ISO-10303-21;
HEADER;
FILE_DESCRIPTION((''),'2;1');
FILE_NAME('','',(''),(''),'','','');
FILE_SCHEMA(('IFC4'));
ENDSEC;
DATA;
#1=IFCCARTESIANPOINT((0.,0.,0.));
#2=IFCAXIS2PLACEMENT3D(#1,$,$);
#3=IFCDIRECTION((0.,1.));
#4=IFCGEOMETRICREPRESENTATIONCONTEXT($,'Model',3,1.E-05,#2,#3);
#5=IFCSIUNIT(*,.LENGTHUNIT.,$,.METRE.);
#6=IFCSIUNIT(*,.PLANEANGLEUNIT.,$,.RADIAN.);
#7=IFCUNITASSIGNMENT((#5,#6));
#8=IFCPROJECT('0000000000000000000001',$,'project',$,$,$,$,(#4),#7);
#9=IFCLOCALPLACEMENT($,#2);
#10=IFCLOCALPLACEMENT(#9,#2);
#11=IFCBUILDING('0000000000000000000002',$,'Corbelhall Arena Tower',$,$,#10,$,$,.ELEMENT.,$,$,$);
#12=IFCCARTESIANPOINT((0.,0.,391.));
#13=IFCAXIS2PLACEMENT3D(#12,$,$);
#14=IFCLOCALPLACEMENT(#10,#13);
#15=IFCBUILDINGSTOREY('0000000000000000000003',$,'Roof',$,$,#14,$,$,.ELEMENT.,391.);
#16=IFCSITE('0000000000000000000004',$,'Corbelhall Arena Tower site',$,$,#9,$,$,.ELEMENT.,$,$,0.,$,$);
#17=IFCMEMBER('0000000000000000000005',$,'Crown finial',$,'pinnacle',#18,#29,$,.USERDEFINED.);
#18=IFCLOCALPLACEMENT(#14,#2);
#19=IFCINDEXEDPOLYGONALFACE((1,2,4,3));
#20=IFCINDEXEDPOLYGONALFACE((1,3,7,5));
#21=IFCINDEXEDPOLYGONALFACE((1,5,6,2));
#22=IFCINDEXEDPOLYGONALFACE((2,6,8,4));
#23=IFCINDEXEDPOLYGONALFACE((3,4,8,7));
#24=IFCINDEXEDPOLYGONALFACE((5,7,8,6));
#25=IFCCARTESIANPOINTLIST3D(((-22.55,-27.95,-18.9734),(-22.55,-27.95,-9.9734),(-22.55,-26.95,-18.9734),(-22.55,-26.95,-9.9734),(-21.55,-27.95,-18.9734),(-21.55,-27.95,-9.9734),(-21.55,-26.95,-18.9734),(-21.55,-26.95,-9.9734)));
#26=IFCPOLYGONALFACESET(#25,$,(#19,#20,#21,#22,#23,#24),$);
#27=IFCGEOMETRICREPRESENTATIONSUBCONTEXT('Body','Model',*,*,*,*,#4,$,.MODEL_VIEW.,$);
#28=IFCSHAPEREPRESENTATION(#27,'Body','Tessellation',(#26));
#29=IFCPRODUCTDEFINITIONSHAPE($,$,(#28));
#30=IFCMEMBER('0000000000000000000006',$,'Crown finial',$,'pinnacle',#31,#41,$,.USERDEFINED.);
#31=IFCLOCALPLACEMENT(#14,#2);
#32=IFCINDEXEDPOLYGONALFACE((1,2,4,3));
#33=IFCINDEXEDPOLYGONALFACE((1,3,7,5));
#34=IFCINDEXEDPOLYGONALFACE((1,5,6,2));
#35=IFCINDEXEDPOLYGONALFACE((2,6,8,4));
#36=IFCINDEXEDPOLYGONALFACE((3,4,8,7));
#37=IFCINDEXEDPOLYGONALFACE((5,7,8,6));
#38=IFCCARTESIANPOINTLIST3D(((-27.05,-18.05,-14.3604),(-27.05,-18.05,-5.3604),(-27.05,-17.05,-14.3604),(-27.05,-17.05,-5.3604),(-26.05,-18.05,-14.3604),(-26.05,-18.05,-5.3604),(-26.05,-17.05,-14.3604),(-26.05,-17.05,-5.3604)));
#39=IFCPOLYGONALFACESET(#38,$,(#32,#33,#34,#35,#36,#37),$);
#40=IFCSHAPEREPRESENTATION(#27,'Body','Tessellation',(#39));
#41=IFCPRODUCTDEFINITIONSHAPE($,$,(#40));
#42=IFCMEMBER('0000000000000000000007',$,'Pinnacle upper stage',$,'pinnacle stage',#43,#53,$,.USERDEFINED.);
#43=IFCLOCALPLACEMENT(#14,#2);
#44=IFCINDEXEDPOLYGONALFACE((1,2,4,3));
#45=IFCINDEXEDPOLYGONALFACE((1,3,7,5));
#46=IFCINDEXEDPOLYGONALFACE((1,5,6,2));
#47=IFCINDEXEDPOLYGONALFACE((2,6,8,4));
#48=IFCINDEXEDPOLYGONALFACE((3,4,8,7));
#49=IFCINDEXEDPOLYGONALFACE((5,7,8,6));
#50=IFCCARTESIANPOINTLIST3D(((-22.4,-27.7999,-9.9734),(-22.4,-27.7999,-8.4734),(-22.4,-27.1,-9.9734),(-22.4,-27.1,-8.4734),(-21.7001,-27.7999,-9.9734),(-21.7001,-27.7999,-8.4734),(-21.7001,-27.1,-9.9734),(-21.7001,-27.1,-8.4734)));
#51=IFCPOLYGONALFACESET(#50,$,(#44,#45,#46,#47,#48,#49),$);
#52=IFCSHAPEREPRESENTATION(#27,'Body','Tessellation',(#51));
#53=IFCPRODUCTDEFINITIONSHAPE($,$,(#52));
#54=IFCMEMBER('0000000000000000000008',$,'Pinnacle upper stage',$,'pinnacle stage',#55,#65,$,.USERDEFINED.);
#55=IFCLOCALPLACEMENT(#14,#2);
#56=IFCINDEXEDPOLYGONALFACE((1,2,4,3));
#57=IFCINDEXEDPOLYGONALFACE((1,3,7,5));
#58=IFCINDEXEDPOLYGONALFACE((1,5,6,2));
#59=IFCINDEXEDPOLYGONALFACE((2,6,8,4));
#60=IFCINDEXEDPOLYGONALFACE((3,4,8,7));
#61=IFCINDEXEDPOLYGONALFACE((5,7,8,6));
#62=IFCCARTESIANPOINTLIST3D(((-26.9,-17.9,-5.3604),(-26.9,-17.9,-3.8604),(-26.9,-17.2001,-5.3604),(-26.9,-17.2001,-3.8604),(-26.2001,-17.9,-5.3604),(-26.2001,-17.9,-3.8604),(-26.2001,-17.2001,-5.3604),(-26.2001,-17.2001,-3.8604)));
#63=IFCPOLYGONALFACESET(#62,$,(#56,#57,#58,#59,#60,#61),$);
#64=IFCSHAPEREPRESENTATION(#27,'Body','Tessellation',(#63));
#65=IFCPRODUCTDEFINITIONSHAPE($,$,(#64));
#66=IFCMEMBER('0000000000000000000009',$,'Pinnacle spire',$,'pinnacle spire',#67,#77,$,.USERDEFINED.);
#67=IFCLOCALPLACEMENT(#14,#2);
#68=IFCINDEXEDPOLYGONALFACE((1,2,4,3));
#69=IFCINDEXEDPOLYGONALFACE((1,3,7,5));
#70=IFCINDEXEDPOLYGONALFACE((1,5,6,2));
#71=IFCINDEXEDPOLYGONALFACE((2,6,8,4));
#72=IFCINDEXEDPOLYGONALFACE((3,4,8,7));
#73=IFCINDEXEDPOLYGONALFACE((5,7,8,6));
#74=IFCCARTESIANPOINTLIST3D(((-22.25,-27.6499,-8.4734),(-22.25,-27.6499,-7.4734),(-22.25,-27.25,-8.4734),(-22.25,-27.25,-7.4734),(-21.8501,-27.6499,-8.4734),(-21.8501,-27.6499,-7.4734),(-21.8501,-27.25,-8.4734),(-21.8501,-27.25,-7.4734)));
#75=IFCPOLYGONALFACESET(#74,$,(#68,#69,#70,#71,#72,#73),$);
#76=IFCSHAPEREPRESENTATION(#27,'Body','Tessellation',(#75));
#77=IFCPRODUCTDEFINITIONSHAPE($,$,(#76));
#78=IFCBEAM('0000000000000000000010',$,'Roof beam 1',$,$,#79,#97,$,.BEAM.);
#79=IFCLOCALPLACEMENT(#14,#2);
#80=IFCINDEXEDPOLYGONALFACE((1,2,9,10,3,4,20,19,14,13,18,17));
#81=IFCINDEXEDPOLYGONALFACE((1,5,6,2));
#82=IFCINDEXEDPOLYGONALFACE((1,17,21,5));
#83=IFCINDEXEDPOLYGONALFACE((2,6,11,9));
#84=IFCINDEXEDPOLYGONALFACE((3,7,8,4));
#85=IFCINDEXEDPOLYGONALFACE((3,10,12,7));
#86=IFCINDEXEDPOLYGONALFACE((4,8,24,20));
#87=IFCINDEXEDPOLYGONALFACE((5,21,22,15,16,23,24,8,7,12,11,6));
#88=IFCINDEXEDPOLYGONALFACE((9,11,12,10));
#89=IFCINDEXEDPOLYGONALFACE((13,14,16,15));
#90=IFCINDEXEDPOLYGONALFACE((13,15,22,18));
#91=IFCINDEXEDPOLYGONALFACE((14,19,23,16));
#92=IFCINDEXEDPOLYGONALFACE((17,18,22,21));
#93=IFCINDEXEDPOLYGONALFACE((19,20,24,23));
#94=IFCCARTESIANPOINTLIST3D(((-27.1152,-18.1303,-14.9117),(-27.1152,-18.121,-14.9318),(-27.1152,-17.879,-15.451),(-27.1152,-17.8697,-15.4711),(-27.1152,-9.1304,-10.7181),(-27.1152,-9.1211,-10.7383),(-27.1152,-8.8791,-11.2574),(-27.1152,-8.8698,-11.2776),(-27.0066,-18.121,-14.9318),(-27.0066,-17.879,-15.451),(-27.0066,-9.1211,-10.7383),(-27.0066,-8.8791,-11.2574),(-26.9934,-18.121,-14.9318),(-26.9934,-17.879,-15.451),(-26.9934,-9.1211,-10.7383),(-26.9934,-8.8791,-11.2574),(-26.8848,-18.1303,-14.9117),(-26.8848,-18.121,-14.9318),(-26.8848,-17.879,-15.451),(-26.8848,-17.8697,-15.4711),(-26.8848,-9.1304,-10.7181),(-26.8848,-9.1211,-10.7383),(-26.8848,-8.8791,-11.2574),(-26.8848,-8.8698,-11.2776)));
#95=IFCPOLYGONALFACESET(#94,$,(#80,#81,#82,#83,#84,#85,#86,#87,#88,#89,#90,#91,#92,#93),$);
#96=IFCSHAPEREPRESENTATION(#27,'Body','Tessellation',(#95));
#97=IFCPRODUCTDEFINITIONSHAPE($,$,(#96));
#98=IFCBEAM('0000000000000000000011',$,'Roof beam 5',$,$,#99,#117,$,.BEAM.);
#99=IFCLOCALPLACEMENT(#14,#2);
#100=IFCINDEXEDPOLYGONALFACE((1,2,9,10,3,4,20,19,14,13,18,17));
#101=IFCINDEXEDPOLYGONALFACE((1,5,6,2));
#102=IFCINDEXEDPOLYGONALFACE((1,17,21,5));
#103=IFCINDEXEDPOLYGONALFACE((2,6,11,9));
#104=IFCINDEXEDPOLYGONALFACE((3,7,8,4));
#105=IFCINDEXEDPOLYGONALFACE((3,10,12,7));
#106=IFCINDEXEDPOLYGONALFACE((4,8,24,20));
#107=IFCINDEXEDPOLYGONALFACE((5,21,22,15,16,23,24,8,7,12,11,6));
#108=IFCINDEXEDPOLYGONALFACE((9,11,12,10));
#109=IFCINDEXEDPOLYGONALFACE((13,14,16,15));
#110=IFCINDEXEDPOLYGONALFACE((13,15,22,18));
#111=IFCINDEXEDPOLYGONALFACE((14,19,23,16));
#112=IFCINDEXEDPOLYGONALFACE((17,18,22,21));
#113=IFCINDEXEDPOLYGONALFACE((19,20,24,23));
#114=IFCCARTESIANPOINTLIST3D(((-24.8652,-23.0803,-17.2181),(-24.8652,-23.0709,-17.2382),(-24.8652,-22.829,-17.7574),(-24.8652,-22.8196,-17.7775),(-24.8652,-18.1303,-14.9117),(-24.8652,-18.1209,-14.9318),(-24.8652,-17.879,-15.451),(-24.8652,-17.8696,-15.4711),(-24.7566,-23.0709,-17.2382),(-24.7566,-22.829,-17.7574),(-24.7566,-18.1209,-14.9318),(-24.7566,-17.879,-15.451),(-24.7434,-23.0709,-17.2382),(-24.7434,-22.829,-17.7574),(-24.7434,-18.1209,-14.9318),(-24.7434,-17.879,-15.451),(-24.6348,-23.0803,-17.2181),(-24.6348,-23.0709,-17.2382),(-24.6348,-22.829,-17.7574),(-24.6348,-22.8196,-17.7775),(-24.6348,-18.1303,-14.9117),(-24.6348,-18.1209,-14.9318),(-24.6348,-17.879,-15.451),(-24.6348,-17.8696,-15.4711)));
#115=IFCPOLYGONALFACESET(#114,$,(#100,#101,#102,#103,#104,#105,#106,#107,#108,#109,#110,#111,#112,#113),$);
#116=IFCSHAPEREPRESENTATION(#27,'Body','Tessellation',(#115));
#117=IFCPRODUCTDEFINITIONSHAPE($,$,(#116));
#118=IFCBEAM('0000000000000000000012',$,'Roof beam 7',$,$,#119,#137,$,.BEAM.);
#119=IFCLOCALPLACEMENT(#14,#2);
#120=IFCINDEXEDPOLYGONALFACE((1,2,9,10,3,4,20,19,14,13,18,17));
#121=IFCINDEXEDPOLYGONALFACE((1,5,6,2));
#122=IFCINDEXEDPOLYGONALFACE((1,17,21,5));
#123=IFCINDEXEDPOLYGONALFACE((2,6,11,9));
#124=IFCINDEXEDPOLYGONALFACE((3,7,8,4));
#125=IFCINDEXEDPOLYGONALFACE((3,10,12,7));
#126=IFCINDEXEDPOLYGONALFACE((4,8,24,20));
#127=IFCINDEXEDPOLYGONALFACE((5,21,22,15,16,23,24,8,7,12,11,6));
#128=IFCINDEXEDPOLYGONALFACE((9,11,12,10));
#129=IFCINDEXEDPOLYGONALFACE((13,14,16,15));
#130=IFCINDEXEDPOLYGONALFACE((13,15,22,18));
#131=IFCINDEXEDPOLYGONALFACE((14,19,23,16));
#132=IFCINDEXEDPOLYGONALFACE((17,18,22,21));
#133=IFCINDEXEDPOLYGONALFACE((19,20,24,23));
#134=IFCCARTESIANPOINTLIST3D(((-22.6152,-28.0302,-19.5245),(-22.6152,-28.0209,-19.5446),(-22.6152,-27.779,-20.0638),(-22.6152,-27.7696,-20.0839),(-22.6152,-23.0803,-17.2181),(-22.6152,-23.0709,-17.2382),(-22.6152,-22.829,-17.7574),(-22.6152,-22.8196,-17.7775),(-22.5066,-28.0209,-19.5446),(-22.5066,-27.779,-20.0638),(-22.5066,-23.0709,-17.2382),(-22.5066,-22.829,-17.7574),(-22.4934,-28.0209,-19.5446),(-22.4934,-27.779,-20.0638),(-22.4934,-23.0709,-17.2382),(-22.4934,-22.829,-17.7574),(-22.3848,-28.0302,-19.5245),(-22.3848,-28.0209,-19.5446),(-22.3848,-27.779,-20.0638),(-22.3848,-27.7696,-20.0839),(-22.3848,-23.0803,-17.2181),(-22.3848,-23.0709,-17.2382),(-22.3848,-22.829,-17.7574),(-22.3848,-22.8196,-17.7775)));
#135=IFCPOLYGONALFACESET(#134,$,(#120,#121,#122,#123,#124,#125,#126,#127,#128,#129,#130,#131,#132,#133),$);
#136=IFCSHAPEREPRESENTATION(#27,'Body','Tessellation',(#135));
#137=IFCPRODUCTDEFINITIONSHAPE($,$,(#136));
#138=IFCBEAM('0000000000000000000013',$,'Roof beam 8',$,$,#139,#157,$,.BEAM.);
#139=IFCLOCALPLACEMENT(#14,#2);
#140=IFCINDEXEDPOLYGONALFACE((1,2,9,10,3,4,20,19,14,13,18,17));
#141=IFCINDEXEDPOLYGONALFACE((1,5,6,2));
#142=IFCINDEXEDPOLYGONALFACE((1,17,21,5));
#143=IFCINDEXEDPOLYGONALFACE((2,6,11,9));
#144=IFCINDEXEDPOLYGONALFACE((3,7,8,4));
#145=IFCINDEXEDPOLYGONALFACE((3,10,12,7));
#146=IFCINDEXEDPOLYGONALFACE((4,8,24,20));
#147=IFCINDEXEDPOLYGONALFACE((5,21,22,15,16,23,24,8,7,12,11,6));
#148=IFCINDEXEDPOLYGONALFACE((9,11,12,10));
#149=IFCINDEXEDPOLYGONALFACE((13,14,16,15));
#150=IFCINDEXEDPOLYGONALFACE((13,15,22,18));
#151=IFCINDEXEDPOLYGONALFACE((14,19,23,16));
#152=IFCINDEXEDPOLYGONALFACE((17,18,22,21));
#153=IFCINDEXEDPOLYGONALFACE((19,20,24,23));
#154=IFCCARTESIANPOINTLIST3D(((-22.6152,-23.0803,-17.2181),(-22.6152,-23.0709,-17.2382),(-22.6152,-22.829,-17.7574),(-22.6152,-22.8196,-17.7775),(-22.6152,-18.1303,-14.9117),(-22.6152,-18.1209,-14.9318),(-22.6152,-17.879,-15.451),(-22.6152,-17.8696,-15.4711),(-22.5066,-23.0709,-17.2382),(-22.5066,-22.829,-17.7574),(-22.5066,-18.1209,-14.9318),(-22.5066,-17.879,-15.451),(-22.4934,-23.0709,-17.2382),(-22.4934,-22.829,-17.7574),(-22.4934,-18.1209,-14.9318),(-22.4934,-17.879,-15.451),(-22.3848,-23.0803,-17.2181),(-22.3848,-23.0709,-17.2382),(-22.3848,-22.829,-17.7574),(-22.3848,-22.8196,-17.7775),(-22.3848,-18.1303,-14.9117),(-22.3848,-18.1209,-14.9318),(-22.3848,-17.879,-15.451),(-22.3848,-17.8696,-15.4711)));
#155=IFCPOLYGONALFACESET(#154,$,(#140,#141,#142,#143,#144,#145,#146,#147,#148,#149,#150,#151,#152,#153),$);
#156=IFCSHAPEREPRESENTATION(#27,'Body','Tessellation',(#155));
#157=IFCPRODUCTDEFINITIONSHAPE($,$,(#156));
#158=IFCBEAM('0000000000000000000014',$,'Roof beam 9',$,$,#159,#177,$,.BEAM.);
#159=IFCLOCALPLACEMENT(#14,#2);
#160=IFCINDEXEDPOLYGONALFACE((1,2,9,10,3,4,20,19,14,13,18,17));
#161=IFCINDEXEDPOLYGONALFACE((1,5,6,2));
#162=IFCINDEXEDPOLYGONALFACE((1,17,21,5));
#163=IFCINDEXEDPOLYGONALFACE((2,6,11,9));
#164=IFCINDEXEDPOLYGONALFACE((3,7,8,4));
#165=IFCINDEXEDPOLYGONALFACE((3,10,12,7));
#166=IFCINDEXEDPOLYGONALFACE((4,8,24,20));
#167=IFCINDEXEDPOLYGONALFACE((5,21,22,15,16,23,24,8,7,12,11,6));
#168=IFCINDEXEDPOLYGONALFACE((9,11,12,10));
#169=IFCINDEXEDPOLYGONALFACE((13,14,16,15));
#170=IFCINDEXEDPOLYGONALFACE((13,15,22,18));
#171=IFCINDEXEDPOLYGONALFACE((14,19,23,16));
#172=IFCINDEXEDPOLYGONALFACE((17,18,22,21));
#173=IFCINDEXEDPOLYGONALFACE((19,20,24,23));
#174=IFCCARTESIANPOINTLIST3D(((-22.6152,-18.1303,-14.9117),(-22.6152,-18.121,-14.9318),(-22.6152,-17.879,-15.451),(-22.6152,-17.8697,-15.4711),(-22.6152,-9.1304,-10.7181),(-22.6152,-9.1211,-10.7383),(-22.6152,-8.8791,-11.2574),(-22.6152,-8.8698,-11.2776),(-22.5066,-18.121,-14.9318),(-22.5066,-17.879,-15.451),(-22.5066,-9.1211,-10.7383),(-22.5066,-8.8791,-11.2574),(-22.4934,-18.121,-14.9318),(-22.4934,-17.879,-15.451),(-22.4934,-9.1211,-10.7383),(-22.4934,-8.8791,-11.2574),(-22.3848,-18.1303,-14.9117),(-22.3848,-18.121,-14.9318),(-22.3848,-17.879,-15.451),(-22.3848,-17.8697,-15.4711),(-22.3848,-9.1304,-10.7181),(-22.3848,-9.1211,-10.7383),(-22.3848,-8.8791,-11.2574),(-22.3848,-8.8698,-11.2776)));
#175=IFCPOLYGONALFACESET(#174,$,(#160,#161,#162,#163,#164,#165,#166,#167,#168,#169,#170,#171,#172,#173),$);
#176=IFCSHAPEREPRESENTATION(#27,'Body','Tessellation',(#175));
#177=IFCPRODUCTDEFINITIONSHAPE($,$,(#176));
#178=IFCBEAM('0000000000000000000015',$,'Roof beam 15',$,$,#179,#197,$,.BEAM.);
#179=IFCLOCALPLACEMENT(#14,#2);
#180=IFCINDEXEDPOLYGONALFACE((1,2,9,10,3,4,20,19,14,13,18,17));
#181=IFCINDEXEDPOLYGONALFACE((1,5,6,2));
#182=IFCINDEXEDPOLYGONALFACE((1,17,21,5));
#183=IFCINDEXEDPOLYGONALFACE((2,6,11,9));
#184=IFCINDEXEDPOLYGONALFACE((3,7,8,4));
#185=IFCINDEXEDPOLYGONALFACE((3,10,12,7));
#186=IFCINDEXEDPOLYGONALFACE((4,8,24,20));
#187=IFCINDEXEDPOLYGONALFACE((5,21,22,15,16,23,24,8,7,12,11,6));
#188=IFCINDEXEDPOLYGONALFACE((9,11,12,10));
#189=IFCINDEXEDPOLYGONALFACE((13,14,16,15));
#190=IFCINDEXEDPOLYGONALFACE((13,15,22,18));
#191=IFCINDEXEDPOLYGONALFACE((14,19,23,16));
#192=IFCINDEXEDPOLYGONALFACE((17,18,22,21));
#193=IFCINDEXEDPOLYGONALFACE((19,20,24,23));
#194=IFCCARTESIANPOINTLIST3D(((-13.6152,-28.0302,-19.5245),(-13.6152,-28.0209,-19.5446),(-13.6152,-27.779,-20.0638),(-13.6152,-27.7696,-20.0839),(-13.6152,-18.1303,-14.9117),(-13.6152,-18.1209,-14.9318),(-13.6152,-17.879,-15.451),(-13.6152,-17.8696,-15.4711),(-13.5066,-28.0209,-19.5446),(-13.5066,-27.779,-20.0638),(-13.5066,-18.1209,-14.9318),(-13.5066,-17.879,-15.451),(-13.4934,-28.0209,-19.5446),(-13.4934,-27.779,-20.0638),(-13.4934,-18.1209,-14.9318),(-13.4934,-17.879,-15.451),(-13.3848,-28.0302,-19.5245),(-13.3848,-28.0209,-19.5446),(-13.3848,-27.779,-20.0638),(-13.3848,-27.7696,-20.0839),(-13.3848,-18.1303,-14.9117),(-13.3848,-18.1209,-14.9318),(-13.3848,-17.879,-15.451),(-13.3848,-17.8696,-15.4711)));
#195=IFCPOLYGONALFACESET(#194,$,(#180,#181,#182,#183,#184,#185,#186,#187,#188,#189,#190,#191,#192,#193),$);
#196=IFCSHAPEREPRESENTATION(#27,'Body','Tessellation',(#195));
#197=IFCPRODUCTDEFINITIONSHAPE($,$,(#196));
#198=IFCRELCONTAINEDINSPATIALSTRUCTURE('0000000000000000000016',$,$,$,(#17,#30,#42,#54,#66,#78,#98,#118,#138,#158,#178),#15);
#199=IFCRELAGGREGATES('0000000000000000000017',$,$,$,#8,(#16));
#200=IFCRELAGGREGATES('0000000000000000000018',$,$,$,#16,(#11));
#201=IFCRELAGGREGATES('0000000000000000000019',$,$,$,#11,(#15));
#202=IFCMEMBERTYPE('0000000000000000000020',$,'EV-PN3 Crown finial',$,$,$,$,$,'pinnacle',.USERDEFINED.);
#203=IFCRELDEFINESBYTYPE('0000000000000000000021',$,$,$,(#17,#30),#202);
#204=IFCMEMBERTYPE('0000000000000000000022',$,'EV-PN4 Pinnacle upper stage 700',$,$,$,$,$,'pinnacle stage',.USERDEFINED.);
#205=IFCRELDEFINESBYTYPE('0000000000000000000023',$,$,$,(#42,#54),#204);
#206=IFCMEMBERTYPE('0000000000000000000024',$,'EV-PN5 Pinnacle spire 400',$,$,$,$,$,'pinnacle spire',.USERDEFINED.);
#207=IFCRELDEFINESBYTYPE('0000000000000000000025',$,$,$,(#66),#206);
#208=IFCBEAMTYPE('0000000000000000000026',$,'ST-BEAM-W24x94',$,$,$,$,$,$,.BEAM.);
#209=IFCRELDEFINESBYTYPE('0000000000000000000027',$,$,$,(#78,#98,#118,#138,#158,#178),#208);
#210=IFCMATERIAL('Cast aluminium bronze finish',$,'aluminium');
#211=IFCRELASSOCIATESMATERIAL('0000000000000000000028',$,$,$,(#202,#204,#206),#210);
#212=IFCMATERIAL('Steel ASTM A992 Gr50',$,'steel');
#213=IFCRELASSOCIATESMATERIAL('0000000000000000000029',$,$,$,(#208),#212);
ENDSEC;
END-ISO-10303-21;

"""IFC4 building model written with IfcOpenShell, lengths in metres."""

from ifc_helpers import new_model, si_unit, direction, frame, origin, origin_2d, place, context, subcontext, project, spatial, rectangle, i_section, extrude, material, material_profile, profile_set, type_object, element, save


model = new_model("IFC4")

# Units and contexts
model_context = context("Model", 3, precision=1e-05, world=origin(), true_north=direction((0.0, 1.0)))
body_context = subcontext(model_context, "Body", "Model", "MODEL_VIEW")
ifc_project = project(units=[si_unit("LENGTHUNIT", "METRE"), si_unit("PLANEANGLEUNIT", "RADIAN")], contexts=[model_context])

# Site, building, storey
site_placement = place(None, origin())
site = spatial("IfcSite", under=ifc_project, at=site_placement, Name="Corbelhall Arena Tower site", CompositionType="ELEMENT", RefElevation=0.0)
building_placement = place(site_placement, origin())
building = spatial("IfcBuilding", under=site, at=building_placement, Name="Corbelhall Arena Tower", CompositionType="ELEMENT")
storey_placement = place(building_placement, frame((0.0, 0.0, 391.0)))
storey = spatial("IfcBuildingStorey", under=building, at=storey_placement, Name="Roof", CompositionType="ELEMENT", Elevation=391.0)

# Members
ifc_material_1 = material(Name="Cast aluminium bronze finish", Category="aluminium")
ifc_material_profile_1 = material_profile(ifc_material_1, rectangle(XDim=1.0, YDim=1.0, at=origin_2d()))
ifc_profile_set_1 = profile_set([ifc_material_profile_1], Name="Cast aluminium bronze finish")
member_type_1 = type_object("IfcMemberType", Name="EV-PN3 Crown finial", ElementType="pinnacle", PredefinedType="USERDEFINED", material=ifc_profile_set_1)
for number, where, z_axis, x_axis, name in (
    (1, (-22.05, -27.45, -18.9734), (0.0, 0.0, 1.0), (1.0, 0.0, 0.0), "Crown finial"),
    (2, (-26.55, -17.55, -14.3604), (0.0, 0.0, 1.0), (1.0, 0.0, 0.0), "Crown finial"),
):
    element("IfcMember", number, at=place(storey_placement, frame(where, z_axis=z_axis, x_axis=x_axis)), inside=storey, type_object=member_type_1, Name=name, ObjectType="pinnacle", PredefinedType="USERDEFINED", context=body_context, shape_type="SweptSolid", body=[
        extrude(rectangle(XDim=1.0, YDim=1.0, at=origin_2d()), origin(), (0.0, 0.0, 1.0), 9.0),
    ])
ifc_material_profile_2 = material_profile(ifc_material_1, rectangle(XDim=0.7, YDim=0.7, at=origin_2d()))
ifc_profile_set_2 = profile_set([ifc_material_profile_2], Name="Cast aluminium bronze finish")
member_type_2 = type_object("IfcMemberType", Name="EV-PN4 Pinnacle upper stage 700", ElementType="pinnacle stage", PredefinedType="USERDEFINED", material=ifc_profile_set_2)
for number, where, z_axis, x_axis, name in (
    (3, (-22.05, -27.45, -9.9734), (0.0, 0.0, 1.0), (1.0, 0.0, 0.0), "Pinnacle upper stage"),
    (4, (-26.55, -17.55, -5.3604), (0.0, 0.0, 1.0), (1.0, 0.0, 0.0), "Pinnacle upper stage"),
):
    element("IfcMember", number, at=place(storey_placement, frame(where, z_axis=z_axis, x_axis=x_axis)), inside=storey, type_object=member_type_2, Name=name, ObjectType="pinnacle stage", PredefinedType="USERDEFINED", context=body_context, shape_type="SweptSolid", body=[
        extrude(rectangle(XDim=0.7, YDim=0.7, at=origin_2d()), origin(), (0.0, 0.0, 1.0), 1.5),
    ])
ifc_material_profile_3 = material_profile(ifc_material_1, rectangle(XDim=0.3999, YDim=0.3999, at=origin_2d()))
ifc_profile_set_3 = profile_set([ifc_material_profile_3], Name="Cast aluminium bronze finish")
member_type_3 = type_object("IfcMemberType", Name="EV-PN5 Pinnacle spire 400", ElementType="pinnacle spire", PredefinedType="USERDEFINED", material=ifc_profile_set_3)
member_placement = place(storey_placement, frame((-22.05, -27.45, -8.4734), z_axis=(0.0, 0.0, 1.0), x_axis=(1.0, 0.0, 0.0)))
element("IfcMember", 5, at=member_placement, inside=storey, type_object=member_type_3, Name="Pinnacle spire", ObjectType="pinnacle spire", PredefinedType="USERDEFINED", context=body_context, shape_type="SweptSolid", body=[
    extrude(rectangle(XDim=0.3999, YDim=0.3999, at=origin_2d()), origin(), (0.0, 0.0, 1.0), 1.0),
])

# Beams
ifc_material_2 = material(Name="Steel ASTM A992 Gr50", Category="steel")
ifc_material_profile_4 = material_profile(ifc_material_2, i_section(OverallWidth=0.2305, OverallDepth=0.6172, WebThickness=0.0132, FlangeThickness=0.0222, at=origin_2d()))
ifc_profile_set_4 = profile_set([ifc_material_profile_4], Name="Steel ASTM A992 Gr50")
beam_type = type_object("IfcBeamType", Name="ST-BEAM-W24x94", PredefinedType="BEAM", material=ifc_profile_set_4)
beam_1_placement = place(storey_placement, frame((-27.0, -18.0, -15.1914), z_axis=(0.0, 0.90643, 0.422356), x_axis=(-1.0, 0.0, 0.0)))
element("IfcBeam", 6, at=beam_1_placement, inside=storey, type_object=beam_type, Name="Roof beam 1", PredefinedType="BEAM", context=body_context, shape_type="SweptSolid", body=[
    extrude(i_section(OverallWidth=0.2305, OverallDepth=0.6172, WebThickness=0.0132, FlangeThickness=0.0222, at=origin_2d()), origin(), (0.0, 0.0, 1.0), 9.929),
])
for number, where, z_axis, x_axis, name in (
    (7, (-24.75, -22.95, -17.4978), (0.0, 0.906434, 0.422347), (-1.0, 0.0, 0.0), "Roof beam 5"),
    (8, (-22.5, -27.8999, -19.8042), (0.0, 0.906434, 0.422347), (-1.0, 0.0, 0.0), "Roof beam 7"),
    (9, (-22.5, -22.95, -17.4978), (0.0, 0.906434, 0.422347), (-1.0, 0.0, 0.0), "Roof beam 8"),
):
    element("IfcBeam", number, at=place(storey_placement, frame(where, z_axis=z_axis, x_axis=x_axis)), inside=storey, type_object=beam_type, Name=name, PredefinedType="BEAM", context=body_context, shape_type="SweptSolid", body=[
        extrude(i_section(OverallWidth=0.2305, OverallDepth=0.6172, WebThickness=0.0132, FlangeThickness=0.0222, at=origin_2d()), origin(), (0.0, 0.0, 1.0), 5.4609),
    ])
beam_2_placement = place(storey_placement, frame((-22.5, -18.0, -15.1914), z_axis=(0.0, 0.90643, 0.422356), x_axis=(-1.0, 0.0, 0.0)))
element("IfcBeam", 10, at=beam_2_placement, inside=storey, type_object=beam_type, Name="Roof beam 9", PredefinedType="BEAM", context=body_context, shape_type="SweptSolid", body=[
    extrude(i_section(OverallWidth=0.2305, OverallDepth=0.6172, WebThickness=0.0132, FlangeThickness=0.0222, at=origin_2d()), origin(), (0.0, 0.0, 1.0), 9.929),
])
beam_3_placement = place(storey_placement, frame((-13.5, -27.8999, -19.8042), z_axis=(0.0, 0.906434, 0.422347), x_axis=(-1.0, 0.0, 0.0)))
element("IfcBeam", 11, at=beam_3_placement, inside=storey, type_object=beam_type, Name="Roof beam 15", PredefinedType="BEAM", context=body_context, shape_type="SweptSolid", body=[
    extrude(i_section(OverallWidth=0.2305, OverallDepth=0.6172, WebThickness=0.0132, FlangeThickness=0.0222, at=origin_2d()), origin(), (0.0, 0.0, 1.0), 10.9219),
])

save(model, "model.ifc")
